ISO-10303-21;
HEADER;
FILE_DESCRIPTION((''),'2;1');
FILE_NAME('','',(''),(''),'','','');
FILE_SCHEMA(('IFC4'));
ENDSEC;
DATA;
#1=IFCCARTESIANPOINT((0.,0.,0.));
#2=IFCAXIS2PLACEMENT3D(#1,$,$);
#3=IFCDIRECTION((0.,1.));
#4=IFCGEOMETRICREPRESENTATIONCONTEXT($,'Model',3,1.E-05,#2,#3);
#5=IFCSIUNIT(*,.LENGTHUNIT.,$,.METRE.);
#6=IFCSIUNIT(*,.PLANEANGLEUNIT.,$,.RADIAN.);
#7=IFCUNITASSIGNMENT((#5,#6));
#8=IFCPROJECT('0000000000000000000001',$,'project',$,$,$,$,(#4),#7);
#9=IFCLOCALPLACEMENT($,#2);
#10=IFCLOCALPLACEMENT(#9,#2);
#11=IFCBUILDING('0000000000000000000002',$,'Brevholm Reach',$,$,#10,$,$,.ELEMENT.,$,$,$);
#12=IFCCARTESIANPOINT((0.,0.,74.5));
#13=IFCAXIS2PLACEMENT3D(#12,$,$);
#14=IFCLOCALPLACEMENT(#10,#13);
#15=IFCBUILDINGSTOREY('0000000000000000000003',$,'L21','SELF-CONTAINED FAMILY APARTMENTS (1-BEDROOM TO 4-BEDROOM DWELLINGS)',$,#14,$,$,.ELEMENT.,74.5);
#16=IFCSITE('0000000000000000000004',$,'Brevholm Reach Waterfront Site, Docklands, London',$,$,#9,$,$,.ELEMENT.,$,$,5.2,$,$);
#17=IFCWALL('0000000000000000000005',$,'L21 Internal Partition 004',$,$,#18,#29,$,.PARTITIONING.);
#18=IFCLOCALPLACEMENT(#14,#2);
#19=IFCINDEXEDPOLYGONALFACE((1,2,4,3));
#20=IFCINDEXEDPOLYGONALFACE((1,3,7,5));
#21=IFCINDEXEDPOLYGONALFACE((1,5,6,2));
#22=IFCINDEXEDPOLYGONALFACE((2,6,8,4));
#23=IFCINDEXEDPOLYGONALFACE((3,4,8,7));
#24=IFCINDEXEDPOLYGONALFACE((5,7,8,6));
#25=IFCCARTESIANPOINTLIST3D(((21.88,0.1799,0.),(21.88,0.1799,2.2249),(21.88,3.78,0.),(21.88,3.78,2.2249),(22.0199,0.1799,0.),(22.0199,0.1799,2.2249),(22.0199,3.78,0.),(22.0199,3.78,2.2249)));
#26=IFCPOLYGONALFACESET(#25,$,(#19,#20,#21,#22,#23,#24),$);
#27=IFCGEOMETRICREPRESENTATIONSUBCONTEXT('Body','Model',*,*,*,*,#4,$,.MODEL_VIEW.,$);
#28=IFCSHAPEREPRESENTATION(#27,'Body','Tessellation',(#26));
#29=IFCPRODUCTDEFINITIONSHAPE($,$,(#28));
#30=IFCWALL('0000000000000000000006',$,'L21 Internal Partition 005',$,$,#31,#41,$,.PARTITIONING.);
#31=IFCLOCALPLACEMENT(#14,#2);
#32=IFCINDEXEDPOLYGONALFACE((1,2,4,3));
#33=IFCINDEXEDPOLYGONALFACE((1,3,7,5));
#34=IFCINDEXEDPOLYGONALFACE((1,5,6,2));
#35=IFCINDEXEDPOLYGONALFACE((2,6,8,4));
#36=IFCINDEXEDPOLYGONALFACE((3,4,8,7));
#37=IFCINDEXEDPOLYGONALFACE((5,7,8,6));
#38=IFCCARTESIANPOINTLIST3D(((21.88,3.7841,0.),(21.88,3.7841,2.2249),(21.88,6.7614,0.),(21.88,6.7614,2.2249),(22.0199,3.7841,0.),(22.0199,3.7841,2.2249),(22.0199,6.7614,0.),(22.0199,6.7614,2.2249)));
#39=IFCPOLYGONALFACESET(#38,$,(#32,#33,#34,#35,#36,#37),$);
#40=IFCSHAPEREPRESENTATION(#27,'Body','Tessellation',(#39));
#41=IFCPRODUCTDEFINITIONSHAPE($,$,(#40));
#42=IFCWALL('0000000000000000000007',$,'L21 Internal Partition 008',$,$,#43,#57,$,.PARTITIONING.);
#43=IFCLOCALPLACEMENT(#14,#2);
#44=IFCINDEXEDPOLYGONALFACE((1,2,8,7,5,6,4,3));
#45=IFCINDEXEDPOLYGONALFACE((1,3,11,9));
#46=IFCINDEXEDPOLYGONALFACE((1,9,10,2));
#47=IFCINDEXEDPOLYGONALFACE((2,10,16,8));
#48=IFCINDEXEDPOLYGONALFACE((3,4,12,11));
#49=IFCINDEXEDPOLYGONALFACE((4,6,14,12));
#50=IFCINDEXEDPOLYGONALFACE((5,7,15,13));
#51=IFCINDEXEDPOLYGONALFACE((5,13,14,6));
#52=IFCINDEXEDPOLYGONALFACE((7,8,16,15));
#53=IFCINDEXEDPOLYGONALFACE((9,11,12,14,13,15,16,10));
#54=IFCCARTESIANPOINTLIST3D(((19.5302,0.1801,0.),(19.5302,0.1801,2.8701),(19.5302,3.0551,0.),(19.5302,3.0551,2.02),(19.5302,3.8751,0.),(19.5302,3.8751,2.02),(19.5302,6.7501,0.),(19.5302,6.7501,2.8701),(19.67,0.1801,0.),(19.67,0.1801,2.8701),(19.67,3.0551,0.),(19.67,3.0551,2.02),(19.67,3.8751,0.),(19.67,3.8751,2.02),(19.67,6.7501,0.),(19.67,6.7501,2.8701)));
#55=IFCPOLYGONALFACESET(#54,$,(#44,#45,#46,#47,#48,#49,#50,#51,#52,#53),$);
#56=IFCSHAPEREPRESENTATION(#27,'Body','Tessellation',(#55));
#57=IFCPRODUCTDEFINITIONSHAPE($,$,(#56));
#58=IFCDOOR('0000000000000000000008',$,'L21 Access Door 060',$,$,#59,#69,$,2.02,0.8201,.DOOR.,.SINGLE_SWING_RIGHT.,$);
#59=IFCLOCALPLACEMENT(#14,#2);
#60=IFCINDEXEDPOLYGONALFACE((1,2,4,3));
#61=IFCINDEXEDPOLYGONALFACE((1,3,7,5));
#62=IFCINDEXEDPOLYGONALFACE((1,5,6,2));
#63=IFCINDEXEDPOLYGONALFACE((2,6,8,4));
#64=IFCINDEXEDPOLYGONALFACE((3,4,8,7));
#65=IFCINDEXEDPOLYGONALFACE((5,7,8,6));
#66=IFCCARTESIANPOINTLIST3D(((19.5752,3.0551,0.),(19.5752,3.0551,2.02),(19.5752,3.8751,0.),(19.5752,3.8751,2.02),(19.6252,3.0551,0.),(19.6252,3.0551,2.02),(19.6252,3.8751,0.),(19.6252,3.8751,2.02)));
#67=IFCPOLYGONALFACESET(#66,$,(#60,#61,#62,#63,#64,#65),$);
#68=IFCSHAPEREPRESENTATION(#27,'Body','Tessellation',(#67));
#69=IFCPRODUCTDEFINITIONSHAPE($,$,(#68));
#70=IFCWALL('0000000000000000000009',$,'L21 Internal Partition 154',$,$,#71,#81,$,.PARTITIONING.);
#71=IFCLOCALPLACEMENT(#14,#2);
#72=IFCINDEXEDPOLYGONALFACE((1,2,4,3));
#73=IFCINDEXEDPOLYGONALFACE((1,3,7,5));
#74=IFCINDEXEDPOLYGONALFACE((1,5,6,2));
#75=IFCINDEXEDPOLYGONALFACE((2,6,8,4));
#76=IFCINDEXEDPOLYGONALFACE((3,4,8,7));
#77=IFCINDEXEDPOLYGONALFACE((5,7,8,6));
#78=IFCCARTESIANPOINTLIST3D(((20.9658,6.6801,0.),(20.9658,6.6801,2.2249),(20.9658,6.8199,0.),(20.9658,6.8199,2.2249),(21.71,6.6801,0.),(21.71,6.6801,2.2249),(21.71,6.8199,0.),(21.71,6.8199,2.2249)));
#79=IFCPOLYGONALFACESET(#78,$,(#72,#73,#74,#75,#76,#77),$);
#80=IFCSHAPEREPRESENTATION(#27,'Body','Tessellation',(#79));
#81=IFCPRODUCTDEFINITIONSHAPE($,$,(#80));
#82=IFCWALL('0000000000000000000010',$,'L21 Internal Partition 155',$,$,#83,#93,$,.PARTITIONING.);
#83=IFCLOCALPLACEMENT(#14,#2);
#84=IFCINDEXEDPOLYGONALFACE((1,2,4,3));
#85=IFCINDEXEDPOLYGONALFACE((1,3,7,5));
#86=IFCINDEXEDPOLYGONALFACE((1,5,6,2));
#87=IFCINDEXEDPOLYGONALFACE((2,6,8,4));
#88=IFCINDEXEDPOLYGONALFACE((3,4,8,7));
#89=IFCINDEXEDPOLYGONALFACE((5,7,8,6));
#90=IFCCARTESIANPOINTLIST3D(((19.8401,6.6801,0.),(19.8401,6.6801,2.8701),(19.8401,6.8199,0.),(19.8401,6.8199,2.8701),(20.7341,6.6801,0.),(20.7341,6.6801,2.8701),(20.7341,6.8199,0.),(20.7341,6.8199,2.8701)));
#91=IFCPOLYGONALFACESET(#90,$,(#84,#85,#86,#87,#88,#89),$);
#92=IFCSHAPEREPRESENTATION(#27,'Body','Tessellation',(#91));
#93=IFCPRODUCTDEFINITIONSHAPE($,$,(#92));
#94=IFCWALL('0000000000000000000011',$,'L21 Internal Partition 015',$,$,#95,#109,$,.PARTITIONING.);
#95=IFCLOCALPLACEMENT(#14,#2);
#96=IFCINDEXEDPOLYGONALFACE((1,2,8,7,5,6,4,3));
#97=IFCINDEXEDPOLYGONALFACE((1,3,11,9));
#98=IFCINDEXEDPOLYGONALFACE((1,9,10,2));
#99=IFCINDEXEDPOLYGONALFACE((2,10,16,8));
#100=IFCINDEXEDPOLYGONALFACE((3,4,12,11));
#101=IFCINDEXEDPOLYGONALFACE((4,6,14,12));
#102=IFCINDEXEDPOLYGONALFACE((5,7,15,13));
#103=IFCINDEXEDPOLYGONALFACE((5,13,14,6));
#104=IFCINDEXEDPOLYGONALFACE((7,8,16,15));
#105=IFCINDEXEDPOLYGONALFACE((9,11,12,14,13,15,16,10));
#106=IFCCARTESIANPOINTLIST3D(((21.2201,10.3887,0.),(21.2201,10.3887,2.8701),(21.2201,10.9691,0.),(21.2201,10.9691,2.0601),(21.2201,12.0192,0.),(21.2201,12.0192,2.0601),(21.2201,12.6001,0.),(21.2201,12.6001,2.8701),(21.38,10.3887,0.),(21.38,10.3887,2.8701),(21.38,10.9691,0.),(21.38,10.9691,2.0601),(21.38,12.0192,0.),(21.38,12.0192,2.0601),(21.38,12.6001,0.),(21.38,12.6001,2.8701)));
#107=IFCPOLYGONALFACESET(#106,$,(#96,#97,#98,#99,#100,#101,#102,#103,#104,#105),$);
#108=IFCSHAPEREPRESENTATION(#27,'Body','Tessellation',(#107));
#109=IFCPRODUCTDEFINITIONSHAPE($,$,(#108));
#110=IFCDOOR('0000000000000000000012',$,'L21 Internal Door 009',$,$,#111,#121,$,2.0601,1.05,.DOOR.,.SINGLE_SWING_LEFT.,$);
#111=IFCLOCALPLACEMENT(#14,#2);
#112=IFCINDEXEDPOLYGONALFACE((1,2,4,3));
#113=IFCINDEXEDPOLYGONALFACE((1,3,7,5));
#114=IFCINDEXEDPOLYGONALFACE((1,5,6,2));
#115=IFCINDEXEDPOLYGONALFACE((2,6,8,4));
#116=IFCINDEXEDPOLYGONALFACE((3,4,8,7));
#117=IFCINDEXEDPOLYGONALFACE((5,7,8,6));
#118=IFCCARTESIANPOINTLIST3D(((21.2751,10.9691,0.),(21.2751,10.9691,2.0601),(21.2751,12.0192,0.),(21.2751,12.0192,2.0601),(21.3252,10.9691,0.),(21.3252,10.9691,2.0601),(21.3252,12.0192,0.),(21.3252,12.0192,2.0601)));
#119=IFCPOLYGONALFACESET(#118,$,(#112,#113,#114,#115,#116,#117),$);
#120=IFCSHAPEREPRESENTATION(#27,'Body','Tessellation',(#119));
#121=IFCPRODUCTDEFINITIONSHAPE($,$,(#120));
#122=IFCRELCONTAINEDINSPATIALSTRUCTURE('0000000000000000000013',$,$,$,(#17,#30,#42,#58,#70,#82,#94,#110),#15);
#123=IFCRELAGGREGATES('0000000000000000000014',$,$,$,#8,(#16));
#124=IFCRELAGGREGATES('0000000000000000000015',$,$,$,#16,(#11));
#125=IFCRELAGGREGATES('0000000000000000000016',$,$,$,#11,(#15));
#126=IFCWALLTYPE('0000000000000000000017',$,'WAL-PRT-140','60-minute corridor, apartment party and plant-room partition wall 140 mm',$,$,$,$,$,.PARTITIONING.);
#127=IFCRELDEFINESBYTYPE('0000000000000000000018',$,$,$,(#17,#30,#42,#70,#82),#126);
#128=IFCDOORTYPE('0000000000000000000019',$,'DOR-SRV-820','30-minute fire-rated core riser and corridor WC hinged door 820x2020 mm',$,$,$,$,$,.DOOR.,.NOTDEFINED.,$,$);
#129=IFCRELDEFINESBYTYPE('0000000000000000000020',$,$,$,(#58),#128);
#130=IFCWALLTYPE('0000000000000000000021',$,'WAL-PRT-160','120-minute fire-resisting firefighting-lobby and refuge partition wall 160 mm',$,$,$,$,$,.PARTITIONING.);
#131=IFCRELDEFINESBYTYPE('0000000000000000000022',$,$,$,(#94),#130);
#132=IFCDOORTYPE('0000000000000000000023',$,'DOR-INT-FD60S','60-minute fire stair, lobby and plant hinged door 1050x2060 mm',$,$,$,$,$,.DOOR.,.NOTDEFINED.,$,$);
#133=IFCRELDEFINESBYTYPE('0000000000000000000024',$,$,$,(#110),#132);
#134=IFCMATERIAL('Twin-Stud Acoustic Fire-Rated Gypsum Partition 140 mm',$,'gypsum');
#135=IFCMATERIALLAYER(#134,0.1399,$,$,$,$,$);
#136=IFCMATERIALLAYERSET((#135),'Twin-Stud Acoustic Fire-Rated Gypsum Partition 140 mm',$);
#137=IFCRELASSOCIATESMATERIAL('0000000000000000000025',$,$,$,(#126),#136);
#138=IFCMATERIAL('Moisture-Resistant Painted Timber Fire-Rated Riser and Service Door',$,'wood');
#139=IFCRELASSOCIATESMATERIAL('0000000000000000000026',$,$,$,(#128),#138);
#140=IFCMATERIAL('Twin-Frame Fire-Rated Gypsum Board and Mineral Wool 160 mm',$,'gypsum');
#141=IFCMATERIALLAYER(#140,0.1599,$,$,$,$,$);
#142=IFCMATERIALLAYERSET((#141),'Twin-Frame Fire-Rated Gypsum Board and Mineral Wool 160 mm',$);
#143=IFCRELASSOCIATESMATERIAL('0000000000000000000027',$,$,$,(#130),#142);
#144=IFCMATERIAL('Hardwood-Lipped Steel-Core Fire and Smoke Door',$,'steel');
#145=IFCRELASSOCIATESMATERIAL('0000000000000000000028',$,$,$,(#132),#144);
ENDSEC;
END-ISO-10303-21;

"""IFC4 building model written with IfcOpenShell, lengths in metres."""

from ifc_helpers import new_model, si_unit, direction, frame, frame_2d, origin, place, context, subcontext, project, spatial, rectangle, extrude, material, layer, layer_set, type_object, element, fill, save


model = new_model("IFC4")

# Units and contexts
model_context = context("Model", 3, precision=1e-05, world=origin(), true_north=direction((0.0, 1.0)))
body_context = subcontext(model_context, "Body", "Model", "MODEL_VIEW")
ifc_project = project(units=[si_unit("LENGTHUNIT", "METRE"), si_unit("PLANEANGLEUNIT", "RADIAN")], contexts=[model_context])

# Site, building, storey
site_placement = place(None, origin())
site = spatial("IfcSite", under=ifc_project, at=site_placement, Name="Brevholm Reach Waterfront Site, Docklands, London", CompositionType="ELEMENT", RefElevation=5.2)
building_placement = place(site_placement, origin())
building = spatial("IfcBuilding", under=site, at=building_placement, Name="Brevholm Reach", CompositionType="ELEMENT")
storey_placement = place(building_placement, frame((0.0, 0.0, 74.5)))
storey = spatial("IfcBuildingStorey", under=building, at=storey_placement, Name="L21", Description="SELF-CONTAINED FAMILY APARTMENTS (1-BEDROOM TO 4-BEDROOM DWELLINGS)", CompositionType="ELEMENT", Elevation=74.5)

# Walls
ifc_material_1 = material(Name="Twin-Stud Acoustic Fire-Rated Gypsum Partition 140 mm", Category="gypsum")
ifc_layer_1 = layer(ifc_material_1, 0.1399)
ifc_layer_set_1 = layer_set([ifc_layer_1], Name="Twin-Stud Acoustic Fire-Rated Gypsum Partition 140 mm")
wall_type_1 = type_object("IfcWallType", Name="WAL-PRT-140", Description="60-minute corridor, apartment party and plant-room partition wall 140 mm", PredefinedType="PARTITIONING", material=ifc_layer_set_1)
wall_1_placement = place(storey_placement, frame((21.95, 0.1799, 0.0), z_axis=(0.0, 0.0, 1.0), x_axis=(0.0, 1.0, 0.0)))
element("IfcWall", 1, at=wall_1_placement, inside=storey, type_object=wall_type_1, Name="L21 Internal Partition 004", PredefinedType="PARTITIONING", context=body_context, shape_type="SweptSolid", body=[
    extrude(rectangle(XDim=3.6001, YDim=0.1399, at=frame_2d((1.8, 0.0))), origin(), (0.0, 0.0, 1.0), 2.2249),
])
wall_2_placement = place(storey_placement, frame((21.95, 3.7839, 0.0), z_axis=(0.0, 0.0, 1.0), x_axis=(0.0, 1.0, 0.0)))
element("IfcWall", 2, at=wall_2_placement, inside=storey, type_object=wall_type_1, Name="L21 Internal Partition 005", PredefinedType="PARTITIONING", context=body_context, shape_type="SweptSolid", body=[
    extrude(rectangle(XDim=2.9773, YDim=0.1399, at=frame_2d((1.4888, 0.0))), origin(), (0.0, 0.0, 1.0), 2.2249),
])

# Wall, opening, door
wall_3_placement = place(storey_placement, frame((19.6001, 0.1799, 0.0), z_axis=(0.0, 0.0, 1.0), x_axis=(0.0, 1.0, 0.0)))
wall_3 = element("IfcWall", 3, at=wall_3_placement, inside=storey, type_object=wall_type_1, Name="L21 Internal Partition 008", PredefinedType="PARTITIONING", context=body_context, shape_type="SweptSolid", body=[
    extrude(rectangle(XDim=6.5701, YDim=0.1399, at=frame_2d((3.2852, 0.0))), origin(), (0.0, 0.0, 1.0), 2.8701),
])
opening_1_placement = place(wall_3_placement, frame((2.875, 0.0, 0.0)))
opening_1 = element("IfcOpeningElement", 4, at=opening_1_placement, cuts=wall_3, PredefinedType="OPENING", context=body_context, shape_type="SweptSolid", body=[
    extrude(rectangle(XDim=0.8201, YDim=2.02, at=frame_2d((0.4102, 1.01))), frame((0.0, 0.0798, 0.0), z_axis=(0.0, -1.0, 0.0), x_axis=(1.0, 0.0, 0.0)), (0.0, 0.0, 1.0), 0.1599),
])
ifc_material_2 = material(Name="Moisture-Resistant Painted Timber Fire-Rated Riser and Service Door", Category="wood")
door_type_1 = type_object("IfcDoorType", Name="DOR-SRV-820", Description="30-minute fire-rated core riser and corridor WC hinged door 820x2020 mm", OperationType="NOTDEFINED", PredefinedType="DOOR", material=ifc_material_2)
door_1_placement = place(opening_1_placement, origin())
door_1 = element("IfcDoor", 5, at=door_1_placement, inside=storey, type_object=door_type_1, Name="L21 Access Door 060", OperationType="SINGLE_SWING_RIGHT", OverallHeight=2.02, OverallWidth=0.8201, PredefinedType="DOOR", context=body_context, shape_type="SweptSolid", body=[
    extrude(rectangle(XDim=0.8201, YDim=2.02, at=frame_2d((0.4102, 1.01))), frame((0.0, 0.0249, 0.0), z_axis=(0.0, -1.0, 0.0), x_axis=(1.0, 0.0, 0.0)), (0.0, 0.0, 1.0), 0.05),
])
fill(opening_1, door_1)

# Walls
wall_4_placement = place(storey_placement, frame((20.9658, 6.75, 0.0), z_axis=(0.0, 0.0, 1.0), x_axis=(1.0, 0.0, 0.0)))
element("IfcWall", 6, at=wall_4_placement, inside=storey, type_object=wall_type_1, Name="L21 Internal Partition 154", PredefinedType="PARTITIONING", context=body_context, shape_type="SweptSolid", body=[
    extrude(rectangle(XDim=0.7441, YDim=0.1399, at=frame_2d((0.3721, 0.0))), origin(), (0.0, 0.0, 1.0), 2.2249),
])
wall_5_placement = place(storey_placement, frame((19.8401, 6.75, 0.0), z_axis=(0.0, 0.0, 1.0), x_axis=(1.0, 0.0, 0.0)))
element("IfcWall", 7, at=wall_5_placement, inside=storey, type_object=wall_type_1, Name="L21 Internal Partition 155", PredefinedType="PARTITIONING", context=body_context, shape_type="SweptSolid", body=[
    extrude(rectangle(XDim=0.894, YDim=0.1399, at=frame_2d((0.447, 0.0))), origin(), (0.0, 0.0, 1.0), 2.8701),
])

# Wall, opening, door
ifc_material_3 = material(Name="Twin-Frame Fire-Rated Gypsum Board and Mineral Wool 160 mm", Category="gypsum")
ifc_layer_2 = layer(ifc_material_3, 0.1599)
ifc_layer_set_2 = layer_set([ifc_layer_2], Name="Twin-Frame Fire-Rated Gypsum Board and Mineral Wool 160 mm")
wall_type_2 = type_object("IfcWallType", Name="WAL-PRT-160", Description="120-minute fire-resisting firefighting-lobby and refuge partition wall 160 mm", PredefinedType="PARTITIONING", material=ifc_layer_set_2)
wall_6_placement = place(storey_placement, frame((21.3, 10.3887, 0.0), z_axis=(0.0, 0.0, 1.0), x_axis=(0.0, 1.0, 0.0)))
wall_6 = element("IfcWall", 8, at=wall_6_placement, inside=storey, type_object=wall_type_2, Name="L21 Internal Partition 015", PredefinedType="PARTITIONING", context=body_context, shape_type="SweptSolid", body=[
    extrude(rectangle(XDim=2.2114, YDim=0.1599, at=frame_2d((1.1057, 0.0))), origin(), (0.0, 0.0, 1.0), 2.8701),
])
opening_2_placement = place(wall_6_placement, frame((0.5806, 0.0, 0.0)))
opening_2 = element("IfcOpeningElement", 9, at=opening_2_placement, cuts=wall_6, PredefinedType="OPENING", context=body_context, shape_type="SweptSolid", body=[
    extrude(rectangle(XDim=1.05, YDim=2.0601, at=frame_2d((0.5249, 1.03))), frame((0.0, 0.0898, 0.0), z_axis=(0.0, -1.0, 0.0), x_axis=(1.0, 0.0, 0.0)), (0.0, 0.0, 1.0), 0.1799),
])
ifc_material_4 = material(Name="Hardwood-Lipped Steel-Core Fire and Smoke Door", Category="steel")
door_type_2 = type_object("IfcDoorType", Name="DOR-INT-FD60S", Description="60-minute fire stair, lobby and plant hinged door 1050x2060 mm", OperationType="NOTDEFINED", PredefinedType="DOOR", material=ifc_material_4)
door_2_placement = place(opening_2_placement, origin())
door_2 = element("IfcDoor", 10, at=door_2_placement, inside=storey, type_object=door_type_2, Name="L21 Internal Door 009", OperationType="SINGLE_SWING_LEFT", OverallHeight=2.0601, OverallWidth=1.05, PredefinedType="DOOR", context=body_context, shape_type="SweptSolid", body=[
    extrude(rectangle(XDim=1.05, YDim=2.0601, at=frame_2d((0.5249, 1.03))), frame((0.0, 0.0249, 0.0), z_axis=(0.0, -1.0, 0.0), x_axis=(1.0, 0.0, 0.0)), (0.0, 0.0, 1.0), 0.05),
])
fill(opening_2, door_2)

save(model, "model.ifc")
